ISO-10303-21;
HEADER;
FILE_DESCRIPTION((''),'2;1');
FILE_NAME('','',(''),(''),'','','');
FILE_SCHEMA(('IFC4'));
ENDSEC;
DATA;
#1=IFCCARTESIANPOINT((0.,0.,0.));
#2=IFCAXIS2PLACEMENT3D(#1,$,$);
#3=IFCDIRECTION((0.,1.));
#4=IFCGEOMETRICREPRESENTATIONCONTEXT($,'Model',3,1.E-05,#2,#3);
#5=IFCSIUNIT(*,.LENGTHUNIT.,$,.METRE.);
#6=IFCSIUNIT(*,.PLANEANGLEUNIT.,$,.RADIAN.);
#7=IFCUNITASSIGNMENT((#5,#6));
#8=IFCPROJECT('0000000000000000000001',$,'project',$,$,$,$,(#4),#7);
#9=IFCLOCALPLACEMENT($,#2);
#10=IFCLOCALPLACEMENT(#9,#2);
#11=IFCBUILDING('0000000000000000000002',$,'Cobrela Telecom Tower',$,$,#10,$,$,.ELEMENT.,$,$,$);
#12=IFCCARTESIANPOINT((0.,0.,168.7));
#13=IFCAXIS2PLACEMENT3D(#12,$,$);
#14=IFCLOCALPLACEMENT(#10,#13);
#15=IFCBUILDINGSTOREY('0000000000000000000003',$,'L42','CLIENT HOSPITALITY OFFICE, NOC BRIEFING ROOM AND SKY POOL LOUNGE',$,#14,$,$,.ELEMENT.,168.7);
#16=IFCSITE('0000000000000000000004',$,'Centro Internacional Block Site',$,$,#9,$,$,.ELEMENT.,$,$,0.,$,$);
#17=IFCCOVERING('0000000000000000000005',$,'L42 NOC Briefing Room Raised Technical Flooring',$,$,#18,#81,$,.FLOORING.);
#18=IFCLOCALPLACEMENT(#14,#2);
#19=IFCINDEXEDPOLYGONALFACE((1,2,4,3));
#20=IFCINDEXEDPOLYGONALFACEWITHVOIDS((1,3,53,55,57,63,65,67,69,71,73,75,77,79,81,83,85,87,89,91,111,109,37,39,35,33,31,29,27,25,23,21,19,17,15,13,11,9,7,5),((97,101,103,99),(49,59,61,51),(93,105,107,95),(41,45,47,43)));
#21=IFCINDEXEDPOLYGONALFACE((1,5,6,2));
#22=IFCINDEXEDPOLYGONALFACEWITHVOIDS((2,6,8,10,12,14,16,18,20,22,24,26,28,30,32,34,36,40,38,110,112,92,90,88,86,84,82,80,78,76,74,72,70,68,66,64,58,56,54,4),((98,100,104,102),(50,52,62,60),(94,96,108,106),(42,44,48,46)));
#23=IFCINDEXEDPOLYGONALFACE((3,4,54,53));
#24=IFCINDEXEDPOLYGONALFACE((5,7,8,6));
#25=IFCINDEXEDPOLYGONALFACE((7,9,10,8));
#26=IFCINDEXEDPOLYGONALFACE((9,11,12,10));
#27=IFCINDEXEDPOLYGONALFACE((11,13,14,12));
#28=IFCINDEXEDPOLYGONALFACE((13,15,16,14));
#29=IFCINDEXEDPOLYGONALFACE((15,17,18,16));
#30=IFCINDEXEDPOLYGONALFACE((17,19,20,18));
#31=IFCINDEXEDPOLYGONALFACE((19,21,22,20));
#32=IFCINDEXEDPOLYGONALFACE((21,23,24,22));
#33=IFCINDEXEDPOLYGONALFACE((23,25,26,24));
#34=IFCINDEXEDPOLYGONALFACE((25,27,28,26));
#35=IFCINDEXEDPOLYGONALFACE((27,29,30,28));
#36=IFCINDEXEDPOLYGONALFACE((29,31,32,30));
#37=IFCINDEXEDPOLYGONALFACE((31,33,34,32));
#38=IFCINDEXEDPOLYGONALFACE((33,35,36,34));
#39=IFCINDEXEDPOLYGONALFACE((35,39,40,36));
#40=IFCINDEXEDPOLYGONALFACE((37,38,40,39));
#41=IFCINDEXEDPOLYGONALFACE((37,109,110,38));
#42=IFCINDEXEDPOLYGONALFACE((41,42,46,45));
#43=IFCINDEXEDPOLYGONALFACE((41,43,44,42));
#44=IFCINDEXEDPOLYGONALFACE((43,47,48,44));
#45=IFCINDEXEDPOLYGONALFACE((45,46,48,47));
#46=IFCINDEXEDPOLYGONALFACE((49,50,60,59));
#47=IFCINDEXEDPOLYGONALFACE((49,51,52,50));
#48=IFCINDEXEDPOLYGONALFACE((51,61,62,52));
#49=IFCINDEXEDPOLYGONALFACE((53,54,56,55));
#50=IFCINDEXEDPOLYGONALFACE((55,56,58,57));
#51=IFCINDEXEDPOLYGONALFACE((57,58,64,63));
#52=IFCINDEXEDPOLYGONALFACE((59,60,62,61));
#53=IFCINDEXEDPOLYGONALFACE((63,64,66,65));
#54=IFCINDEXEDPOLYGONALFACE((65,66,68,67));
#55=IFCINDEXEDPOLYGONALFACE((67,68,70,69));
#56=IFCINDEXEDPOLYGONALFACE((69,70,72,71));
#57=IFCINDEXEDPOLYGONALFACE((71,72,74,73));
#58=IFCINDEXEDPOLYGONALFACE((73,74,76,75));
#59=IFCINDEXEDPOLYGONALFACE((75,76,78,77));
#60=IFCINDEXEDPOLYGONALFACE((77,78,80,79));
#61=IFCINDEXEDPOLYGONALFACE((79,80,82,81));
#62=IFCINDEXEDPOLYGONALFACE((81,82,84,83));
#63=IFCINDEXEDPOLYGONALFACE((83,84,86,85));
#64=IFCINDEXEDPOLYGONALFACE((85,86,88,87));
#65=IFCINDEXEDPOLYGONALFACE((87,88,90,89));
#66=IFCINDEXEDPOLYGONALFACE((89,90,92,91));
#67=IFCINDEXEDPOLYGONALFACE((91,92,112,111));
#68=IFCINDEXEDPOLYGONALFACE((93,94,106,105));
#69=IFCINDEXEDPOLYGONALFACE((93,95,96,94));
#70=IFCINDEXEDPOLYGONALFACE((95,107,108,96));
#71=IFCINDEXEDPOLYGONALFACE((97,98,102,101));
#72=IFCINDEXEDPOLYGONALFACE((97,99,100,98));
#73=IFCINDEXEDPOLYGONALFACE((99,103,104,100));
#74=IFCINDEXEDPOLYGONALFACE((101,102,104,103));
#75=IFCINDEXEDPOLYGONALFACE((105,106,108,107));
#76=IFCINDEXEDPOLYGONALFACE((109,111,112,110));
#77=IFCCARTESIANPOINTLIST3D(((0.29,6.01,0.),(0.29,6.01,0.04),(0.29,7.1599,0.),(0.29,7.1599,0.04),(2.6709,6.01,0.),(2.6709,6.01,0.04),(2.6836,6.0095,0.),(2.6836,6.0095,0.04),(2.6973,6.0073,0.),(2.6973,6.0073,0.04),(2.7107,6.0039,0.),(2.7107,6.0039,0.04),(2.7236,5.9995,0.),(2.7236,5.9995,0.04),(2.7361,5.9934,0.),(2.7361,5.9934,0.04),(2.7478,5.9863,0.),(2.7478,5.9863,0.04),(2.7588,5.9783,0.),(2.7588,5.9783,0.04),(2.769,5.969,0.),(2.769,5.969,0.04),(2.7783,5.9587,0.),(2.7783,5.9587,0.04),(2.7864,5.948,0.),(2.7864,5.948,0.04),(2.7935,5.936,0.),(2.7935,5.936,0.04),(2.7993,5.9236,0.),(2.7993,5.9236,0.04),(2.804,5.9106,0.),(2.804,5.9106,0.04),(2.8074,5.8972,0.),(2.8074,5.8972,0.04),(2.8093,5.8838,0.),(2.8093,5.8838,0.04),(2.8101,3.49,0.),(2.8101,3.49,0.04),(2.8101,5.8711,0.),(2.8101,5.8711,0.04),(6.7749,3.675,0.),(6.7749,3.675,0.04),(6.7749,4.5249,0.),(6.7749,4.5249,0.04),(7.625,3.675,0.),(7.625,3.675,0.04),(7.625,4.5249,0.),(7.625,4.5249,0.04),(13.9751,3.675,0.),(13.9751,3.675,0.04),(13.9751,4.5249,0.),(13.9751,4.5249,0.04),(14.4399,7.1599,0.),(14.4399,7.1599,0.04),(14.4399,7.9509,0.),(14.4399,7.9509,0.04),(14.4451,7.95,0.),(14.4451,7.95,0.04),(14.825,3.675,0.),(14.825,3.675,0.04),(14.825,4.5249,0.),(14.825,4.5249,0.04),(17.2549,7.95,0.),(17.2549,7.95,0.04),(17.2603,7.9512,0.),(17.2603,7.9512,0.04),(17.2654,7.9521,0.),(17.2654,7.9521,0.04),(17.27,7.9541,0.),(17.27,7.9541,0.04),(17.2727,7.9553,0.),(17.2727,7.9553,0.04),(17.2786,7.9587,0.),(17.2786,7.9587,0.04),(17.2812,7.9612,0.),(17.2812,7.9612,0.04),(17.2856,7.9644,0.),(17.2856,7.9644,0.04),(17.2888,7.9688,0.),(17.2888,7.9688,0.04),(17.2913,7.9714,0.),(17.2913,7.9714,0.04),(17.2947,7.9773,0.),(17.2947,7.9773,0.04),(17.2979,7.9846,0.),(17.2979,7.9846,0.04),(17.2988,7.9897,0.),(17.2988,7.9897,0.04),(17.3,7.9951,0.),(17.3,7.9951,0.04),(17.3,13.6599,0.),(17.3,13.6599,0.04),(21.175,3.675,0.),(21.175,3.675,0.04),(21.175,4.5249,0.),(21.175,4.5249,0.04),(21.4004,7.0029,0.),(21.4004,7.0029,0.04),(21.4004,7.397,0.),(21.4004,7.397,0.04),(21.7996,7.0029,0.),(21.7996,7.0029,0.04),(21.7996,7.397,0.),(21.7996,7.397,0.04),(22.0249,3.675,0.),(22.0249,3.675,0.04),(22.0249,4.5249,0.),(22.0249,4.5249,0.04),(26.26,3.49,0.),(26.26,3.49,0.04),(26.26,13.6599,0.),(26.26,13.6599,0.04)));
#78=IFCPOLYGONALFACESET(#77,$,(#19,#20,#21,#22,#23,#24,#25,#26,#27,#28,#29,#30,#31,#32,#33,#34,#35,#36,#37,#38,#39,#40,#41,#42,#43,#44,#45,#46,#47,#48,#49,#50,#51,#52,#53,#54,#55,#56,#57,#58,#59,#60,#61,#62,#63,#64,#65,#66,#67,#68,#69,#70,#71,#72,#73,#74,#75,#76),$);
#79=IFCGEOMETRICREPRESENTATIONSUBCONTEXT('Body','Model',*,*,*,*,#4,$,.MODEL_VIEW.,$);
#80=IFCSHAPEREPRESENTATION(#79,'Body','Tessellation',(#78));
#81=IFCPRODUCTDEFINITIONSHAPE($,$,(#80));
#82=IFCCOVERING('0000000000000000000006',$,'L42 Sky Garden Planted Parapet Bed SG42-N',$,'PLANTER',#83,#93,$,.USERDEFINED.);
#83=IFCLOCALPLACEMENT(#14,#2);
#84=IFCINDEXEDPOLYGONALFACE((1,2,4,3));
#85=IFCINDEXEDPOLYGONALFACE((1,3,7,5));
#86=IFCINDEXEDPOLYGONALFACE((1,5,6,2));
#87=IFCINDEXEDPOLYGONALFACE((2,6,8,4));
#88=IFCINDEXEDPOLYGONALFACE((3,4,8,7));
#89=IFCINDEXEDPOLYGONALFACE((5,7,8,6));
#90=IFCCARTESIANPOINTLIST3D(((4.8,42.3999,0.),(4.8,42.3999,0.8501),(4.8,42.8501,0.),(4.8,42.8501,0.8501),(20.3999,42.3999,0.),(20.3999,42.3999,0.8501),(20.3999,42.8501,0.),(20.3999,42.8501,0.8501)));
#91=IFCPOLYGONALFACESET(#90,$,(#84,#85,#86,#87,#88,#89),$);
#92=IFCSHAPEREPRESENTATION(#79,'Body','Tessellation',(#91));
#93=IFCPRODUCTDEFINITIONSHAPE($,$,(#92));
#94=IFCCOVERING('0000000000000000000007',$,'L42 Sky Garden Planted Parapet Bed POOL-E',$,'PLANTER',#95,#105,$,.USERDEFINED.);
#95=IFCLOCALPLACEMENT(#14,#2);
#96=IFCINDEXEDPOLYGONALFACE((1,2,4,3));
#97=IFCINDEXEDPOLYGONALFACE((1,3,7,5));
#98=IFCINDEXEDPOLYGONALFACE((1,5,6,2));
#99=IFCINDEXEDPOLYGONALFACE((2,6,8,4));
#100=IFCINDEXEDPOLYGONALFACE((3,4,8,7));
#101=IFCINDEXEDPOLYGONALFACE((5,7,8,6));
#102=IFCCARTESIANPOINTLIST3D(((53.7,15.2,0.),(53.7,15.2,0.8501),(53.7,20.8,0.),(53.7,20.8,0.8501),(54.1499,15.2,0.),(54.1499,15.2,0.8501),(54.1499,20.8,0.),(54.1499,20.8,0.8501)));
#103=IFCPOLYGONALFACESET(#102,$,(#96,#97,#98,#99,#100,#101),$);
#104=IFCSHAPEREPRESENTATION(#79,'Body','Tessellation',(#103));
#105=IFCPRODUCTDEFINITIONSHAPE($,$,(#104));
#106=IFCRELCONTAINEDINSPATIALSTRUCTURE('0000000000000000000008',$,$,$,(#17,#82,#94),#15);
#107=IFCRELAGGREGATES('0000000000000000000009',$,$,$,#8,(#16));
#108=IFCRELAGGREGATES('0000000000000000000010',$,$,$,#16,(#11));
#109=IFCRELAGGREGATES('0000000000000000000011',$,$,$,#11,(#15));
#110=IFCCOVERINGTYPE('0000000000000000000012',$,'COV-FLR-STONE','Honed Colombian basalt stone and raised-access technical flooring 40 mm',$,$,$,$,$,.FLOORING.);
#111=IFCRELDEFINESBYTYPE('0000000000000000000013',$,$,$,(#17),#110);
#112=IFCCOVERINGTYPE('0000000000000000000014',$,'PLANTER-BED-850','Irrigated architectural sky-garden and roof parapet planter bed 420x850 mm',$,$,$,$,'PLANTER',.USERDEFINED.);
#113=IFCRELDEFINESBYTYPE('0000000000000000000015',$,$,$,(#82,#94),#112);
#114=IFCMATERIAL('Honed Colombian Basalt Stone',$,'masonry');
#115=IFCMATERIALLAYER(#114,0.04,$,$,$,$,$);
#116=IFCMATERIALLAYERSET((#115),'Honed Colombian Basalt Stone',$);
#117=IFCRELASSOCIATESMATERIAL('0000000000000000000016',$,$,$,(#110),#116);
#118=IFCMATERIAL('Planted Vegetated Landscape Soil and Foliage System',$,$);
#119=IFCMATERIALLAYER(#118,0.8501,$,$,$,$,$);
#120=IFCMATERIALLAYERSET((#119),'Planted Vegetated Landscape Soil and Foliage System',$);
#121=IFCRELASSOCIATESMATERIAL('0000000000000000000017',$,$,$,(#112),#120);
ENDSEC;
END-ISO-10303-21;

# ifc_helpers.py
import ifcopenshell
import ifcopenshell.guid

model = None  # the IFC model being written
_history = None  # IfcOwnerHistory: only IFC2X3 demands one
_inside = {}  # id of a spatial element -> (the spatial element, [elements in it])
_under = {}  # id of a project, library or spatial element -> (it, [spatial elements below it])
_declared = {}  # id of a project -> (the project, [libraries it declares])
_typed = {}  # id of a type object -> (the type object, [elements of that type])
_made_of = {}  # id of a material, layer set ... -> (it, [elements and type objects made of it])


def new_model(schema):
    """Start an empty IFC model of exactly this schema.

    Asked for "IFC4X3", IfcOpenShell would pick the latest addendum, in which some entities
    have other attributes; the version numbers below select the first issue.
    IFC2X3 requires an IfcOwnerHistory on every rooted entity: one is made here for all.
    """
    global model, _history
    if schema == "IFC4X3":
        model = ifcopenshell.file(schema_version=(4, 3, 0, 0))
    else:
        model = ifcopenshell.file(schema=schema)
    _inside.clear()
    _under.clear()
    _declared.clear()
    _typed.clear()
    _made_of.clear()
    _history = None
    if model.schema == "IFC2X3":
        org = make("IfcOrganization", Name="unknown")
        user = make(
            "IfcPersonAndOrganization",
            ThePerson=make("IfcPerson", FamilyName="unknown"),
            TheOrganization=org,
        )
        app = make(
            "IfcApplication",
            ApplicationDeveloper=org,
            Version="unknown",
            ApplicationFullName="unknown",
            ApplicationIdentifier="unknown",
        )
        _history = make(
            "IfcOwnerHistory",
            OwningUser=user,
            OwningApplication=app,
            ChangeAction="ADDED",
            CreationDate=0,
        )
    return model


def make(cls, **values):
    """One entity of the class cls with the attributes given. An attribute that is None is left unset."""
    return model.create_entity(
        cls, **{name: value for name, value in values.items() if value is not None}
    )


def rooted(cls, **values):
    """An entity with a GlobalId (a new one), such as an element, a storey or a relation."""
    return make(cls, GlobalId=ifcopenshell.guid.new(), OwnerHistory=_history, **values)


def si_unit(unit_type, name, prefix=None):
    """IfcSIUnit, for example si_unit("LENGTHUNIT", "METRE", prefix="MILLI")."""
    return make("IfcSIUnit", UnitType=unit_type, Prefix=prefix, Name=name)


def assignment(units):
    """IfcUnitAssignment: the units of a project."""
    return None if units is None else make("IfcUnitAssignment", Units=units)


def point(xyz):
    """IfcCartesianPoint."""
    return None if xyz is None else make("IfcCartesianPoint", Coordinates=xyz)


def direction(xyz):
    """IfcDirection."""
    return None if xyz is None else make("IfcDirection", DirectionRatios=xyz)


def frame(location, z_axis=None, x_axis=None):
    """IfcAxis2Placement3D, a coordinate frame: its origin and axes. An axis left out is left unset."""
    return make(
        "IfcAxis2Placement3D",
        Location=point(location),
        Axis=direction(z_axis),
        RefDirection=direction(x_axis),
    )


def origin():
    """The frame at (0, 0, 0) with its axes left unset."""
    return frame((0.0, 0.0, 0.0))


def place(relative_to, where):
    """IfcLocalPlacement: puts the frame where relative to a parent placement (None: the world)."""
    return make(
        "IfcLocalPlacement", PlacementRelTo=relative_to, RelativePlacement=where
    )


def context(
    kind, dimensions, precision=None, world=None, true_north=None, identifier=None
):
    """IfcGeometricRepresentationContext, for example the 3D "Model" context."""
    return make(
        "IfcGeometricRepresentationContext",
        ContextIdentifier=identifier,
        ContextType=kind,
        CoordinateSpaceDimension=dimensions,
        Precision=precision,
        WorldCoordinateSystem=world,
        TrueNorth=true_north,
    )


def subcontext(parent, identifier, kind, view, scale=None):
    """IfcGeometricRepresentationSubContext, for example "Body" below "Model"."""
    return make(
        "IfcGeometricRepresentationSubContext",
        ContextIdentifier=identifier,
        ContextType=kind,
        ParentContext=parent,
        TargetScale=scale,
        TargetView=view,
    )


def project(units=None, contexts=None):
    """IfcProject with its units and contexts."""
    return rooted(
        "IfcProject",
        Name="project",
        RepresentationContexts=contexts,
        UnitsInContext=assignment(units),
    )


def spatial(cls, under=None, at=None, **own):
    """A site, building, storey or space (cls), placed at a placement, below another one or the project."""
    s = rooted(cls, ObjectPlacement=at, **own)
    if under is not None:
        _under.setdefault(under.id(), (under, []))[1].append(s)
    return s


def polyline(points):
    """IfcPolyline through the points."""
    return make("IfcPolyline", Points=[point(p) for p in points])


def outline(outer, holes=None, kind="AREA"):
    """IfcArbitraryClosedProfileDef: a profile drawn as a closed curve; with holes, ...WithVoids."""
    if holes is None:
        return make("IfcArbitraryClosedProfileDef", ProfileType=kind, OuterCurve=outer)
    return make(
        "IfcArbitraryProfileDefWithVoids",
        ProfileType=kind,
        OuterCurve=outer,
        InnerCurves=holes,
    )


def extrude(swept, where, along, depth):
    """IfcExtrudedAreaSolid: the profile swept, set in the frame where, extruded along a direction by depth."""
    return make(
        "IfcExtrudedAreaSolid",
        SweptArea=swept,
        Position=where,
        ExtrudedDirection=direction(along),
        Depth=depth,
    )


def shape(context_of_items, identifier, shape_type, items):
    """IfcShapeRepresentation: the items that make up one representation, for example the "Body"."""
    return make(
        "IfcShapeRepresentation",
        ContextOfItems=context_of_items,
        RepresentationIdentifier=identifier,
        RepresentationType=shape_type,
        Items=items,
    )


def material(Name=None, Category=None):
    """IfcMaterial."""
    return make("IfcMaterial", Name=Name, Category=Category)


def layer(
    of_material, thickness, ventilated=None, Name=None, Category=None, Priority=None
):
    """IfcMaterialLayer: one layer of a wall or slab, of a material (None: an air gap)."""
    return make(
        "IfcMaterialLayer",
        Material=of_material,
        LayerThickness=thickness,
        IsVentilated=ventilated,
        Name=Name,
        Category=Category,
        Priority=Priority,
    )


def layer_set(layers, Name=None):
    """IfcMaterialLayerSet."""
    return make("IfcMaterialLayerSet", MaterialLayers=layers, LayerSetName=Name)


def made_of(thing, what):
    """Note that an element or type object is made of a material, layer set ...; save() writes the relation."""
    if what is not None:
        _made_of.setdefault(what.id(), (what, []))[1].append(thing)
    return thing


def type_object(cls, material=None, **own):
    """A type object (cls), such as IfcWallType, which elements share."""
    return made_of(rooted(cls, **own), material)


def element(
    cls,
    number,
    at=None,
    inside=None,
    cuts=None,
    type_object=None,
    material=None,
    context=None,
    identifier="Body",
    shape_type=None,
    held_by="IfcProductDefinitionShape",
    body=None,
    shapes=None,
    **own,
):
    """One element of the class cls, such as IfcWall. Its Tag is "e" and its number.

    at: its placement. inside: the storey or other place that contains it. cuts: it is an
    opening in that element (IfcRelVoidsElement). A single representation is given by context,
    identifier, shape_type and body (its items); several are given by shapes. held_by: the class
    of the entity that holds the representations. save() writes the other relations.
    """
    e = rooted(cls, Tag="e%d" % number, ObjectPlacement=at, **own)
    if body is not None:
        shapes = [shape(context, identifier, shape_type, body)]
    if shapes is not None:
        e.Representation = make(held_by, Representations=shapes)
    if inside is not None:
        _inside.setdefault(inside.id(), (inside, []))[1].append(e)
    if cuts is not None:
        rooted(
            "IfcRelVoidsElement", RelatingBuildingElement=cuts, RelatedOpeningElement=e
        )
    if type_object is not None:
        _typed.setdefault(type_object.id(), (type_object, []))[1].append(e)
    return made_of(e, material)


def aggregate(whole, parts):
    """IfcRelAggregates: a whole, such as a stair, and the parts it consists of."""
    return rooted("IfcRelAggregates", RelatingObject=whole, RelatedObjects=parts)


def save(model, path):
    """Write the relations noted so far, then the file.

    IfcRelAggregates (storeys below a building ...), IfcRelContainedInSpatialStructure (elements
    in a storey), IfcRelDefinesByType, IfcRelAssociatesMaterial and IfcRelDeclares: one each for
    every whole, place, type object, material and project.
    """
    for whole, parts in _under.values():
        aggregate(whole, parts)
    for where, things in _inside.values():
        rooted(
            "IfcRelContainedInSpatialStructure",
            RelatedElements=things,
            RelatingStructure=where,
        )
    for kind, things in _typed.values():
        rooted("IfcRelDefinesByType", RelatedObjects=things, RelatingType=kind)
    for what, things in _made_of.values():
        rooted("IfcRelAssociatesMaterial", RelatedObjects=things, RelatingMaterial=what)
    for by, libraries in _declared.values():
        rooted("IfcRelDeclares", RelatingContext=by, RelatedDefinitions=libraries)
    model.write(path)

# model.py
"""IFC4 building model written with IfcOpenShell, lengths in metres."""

from ifc_helpers import new_model, si_unit, direction, frame, origin, place, context, subcontext, project, spatial, polyline, outline, extrude, material, layer, layer_set, type_object, element, save


model = new_model("IFC4")

# Units and contexts
model_context = context("Model", 3, precision=1e-05, world=origin(), true_north=direction((0.0, 1.0)))
body_context = subcontext(model_context, "Body", "Model", "MODEL_VIEW")
ifc_project = project(units=[si_unit("LENGTHUNIT", "METRE"), si_unit("PLANEANGLEUNIT", "RADIAN")], contexts=[model_context])

# Site, building, storey
site_placement = place(None, origin())
site = spatial("IfcSite", under=ifc_project, at=site_placement, Name="Centro Internacional Block Site", CompositionType="ELEMENT", RefElevation=0.0)
building_placement = place(site_placement, origin())
building = spatial("IfcBuilding", under=site, at=building_placement, Name="Cobrela Telecom Tower", CompositionType="ELEMENT")
storey_placement = place(building_placement, frame((0.0, 0.0, 168.7)))
storey = spatial("IfcBuildingStorey", under=building, at=storey_placement, Name="L42", Description="CLIENT HOSPITALITY OFFICE, NOC BRIEFING ROOM AND SKY POOL LOUNGE", CompositionType="ELEMENT", Elevation=168.7)

# Coverings
ifc_material_1 = material(Name="Honed Colombian Basalt Stone", Category="masonry")
ifc_layer_1 = layer(ifc_material_1, 0.04)
ifc_layer_set_1 = layer_set([ifc_layer_1], Name="Honed Colombian Basalt Stone")
covering_type_1 = type_object("IfcCoveringType", Name="COV-FLR-STONE", Description="Honed Colombian basalt stone and raised-access technical flooring 40 mm", PredefinedType="FLOORING", material=ifc_layer_set_1)
covering_1_placement = place(storey_placement, origin())
element("IfcCovering", 1, at=covering_1_placement, inside=storey, type_object=covering_type_1, Name="L42 NOC Briefing Room Raised Technical Flooring", PredefinedType="FLOORING", context=body_context, shape_type="SweptSolid", body=[
    extrude(outline(polyline([(2.8101, 5.8711), (2.8093, 5.8838), (2.8074, 5.8972), (2.804, 5.9106), (2.7993, 5.9236), (2.7935, 5.936), (2.7864, 5.948), (2.7783, 5.9587), (2.769, 5.969), (2.7588, 5.9783), (2.7478, 5.9863), (2.7361, 5.9934), (2.7236, 5.9995), (2.7107, 6.0039), (2.6973, 6.0073), (2.6836, 6.0095), (2.6709, 6.01), (0.29, 6.01), (0.29, 7.1599), (14.4399, 7.1599), (14.4399, 7.9509), (14.4451, 7.95), (17.2549, 7.95), (17.2603, 7.9512), (17.2654, 7.9521), (17.27, 7.9541), (17.2727, 7.9553), (17.2786, 7.9587), (17.2812, 7.9612), (17.2856, 7.9644), (17.2888, 7.9688), (17.2913, 7.9714), (17.2947, 7.9773), (17.2979, 7.9846), (17.2988, 7.9897), (17.3, 7.9951), (17.3, 13.6599), (26.26, 13.6599), (26.26, 3.49), (2.8101, 3.49), (2.8101, 5.8711)]), holes=[polyline([(7.625, 4.5249), (6.7749, 4.5249), (6.7749, 3.675), (7.625, 3.675), (7.625, 4.5249)]), polyline([(14.825, 3.675), (14.825, 4.5249), (13.9751, 4.5249), (13.9751, 3.675), (14.825, 3.675)]), polyline([(22.0249, 3.675), (22.0249, 4.5249), (21.175, 4.5249), (21.175, 3.675), (22.0249, 3.675)]), polyline([(21.7996, 7.397), (21.4004, 7.397), (21.4004, 7.0029), (21.7996, 7.0029), (21.7996, 7.397)])]), origin(), (0.0, 0.0, 1.0), 0.04),
])
ifc_material_2 = material(Name="Planted Vegetated Landscape Soil and Foliage System")
ifc_layer_2 = layer(ifc_material_2, 0.8501)
ifc_layer_set_2 = layer_set([ifc_layer_2], Name="Planted Vegetated Landscape Soil and Foliage System")
covering_type_2 = type_object("IfcCoveringType", Name="PLANTER-BED-850", Description="Irrigated architectural sky-garden and roof parapet planter bed 420x850 mm", ElementType="PLANTER", PredefinedType="USERDEFINED", material=ifc_layer_set_2)
covering_2_placement = place(storey_placement, origin())
element("IfcCovering", 2, at=covering_2_placement, inside=storey, type_object=covering_type_2, Name="L42 Sky Garden Planted Parapet Bed SG42-N", ObjectType="PLANTER", PredefinedType="USERDEFINED", context=body_context, shape_type="SweptSolid", body=[
    extrude(outline(polyline([(4.8, 42.3999), (20.3999, 42.3999), (20.3999, 42.8501), (4.8, 42.8501), (4.8, 42.3999)])), origin(), (0.0, 0.0, 1.0), 0.8501),
])
covering_3_placement = place(storey_placement, origin())
element("IfcCovering", 3, at=covering_3_placement, inside=storey, type_object=covering_type_2, Name="L42 Sky Garden Planted Parapet Bed POOL-E", ObjectType="PLANTER", PredefinedType="USERDEFINED", context=body_context, shape_type="SweptSolid", body=[
    extrude(outline(polyline([(53.7, 15.2), (54.1499, 15.2), (54.1499, 20.8), (53.7, 20.8), (53.7, 15.2)])), origin(), (0.0, 0.0, 1.0), 0.8501),
])

save(model, "model.ifc")
